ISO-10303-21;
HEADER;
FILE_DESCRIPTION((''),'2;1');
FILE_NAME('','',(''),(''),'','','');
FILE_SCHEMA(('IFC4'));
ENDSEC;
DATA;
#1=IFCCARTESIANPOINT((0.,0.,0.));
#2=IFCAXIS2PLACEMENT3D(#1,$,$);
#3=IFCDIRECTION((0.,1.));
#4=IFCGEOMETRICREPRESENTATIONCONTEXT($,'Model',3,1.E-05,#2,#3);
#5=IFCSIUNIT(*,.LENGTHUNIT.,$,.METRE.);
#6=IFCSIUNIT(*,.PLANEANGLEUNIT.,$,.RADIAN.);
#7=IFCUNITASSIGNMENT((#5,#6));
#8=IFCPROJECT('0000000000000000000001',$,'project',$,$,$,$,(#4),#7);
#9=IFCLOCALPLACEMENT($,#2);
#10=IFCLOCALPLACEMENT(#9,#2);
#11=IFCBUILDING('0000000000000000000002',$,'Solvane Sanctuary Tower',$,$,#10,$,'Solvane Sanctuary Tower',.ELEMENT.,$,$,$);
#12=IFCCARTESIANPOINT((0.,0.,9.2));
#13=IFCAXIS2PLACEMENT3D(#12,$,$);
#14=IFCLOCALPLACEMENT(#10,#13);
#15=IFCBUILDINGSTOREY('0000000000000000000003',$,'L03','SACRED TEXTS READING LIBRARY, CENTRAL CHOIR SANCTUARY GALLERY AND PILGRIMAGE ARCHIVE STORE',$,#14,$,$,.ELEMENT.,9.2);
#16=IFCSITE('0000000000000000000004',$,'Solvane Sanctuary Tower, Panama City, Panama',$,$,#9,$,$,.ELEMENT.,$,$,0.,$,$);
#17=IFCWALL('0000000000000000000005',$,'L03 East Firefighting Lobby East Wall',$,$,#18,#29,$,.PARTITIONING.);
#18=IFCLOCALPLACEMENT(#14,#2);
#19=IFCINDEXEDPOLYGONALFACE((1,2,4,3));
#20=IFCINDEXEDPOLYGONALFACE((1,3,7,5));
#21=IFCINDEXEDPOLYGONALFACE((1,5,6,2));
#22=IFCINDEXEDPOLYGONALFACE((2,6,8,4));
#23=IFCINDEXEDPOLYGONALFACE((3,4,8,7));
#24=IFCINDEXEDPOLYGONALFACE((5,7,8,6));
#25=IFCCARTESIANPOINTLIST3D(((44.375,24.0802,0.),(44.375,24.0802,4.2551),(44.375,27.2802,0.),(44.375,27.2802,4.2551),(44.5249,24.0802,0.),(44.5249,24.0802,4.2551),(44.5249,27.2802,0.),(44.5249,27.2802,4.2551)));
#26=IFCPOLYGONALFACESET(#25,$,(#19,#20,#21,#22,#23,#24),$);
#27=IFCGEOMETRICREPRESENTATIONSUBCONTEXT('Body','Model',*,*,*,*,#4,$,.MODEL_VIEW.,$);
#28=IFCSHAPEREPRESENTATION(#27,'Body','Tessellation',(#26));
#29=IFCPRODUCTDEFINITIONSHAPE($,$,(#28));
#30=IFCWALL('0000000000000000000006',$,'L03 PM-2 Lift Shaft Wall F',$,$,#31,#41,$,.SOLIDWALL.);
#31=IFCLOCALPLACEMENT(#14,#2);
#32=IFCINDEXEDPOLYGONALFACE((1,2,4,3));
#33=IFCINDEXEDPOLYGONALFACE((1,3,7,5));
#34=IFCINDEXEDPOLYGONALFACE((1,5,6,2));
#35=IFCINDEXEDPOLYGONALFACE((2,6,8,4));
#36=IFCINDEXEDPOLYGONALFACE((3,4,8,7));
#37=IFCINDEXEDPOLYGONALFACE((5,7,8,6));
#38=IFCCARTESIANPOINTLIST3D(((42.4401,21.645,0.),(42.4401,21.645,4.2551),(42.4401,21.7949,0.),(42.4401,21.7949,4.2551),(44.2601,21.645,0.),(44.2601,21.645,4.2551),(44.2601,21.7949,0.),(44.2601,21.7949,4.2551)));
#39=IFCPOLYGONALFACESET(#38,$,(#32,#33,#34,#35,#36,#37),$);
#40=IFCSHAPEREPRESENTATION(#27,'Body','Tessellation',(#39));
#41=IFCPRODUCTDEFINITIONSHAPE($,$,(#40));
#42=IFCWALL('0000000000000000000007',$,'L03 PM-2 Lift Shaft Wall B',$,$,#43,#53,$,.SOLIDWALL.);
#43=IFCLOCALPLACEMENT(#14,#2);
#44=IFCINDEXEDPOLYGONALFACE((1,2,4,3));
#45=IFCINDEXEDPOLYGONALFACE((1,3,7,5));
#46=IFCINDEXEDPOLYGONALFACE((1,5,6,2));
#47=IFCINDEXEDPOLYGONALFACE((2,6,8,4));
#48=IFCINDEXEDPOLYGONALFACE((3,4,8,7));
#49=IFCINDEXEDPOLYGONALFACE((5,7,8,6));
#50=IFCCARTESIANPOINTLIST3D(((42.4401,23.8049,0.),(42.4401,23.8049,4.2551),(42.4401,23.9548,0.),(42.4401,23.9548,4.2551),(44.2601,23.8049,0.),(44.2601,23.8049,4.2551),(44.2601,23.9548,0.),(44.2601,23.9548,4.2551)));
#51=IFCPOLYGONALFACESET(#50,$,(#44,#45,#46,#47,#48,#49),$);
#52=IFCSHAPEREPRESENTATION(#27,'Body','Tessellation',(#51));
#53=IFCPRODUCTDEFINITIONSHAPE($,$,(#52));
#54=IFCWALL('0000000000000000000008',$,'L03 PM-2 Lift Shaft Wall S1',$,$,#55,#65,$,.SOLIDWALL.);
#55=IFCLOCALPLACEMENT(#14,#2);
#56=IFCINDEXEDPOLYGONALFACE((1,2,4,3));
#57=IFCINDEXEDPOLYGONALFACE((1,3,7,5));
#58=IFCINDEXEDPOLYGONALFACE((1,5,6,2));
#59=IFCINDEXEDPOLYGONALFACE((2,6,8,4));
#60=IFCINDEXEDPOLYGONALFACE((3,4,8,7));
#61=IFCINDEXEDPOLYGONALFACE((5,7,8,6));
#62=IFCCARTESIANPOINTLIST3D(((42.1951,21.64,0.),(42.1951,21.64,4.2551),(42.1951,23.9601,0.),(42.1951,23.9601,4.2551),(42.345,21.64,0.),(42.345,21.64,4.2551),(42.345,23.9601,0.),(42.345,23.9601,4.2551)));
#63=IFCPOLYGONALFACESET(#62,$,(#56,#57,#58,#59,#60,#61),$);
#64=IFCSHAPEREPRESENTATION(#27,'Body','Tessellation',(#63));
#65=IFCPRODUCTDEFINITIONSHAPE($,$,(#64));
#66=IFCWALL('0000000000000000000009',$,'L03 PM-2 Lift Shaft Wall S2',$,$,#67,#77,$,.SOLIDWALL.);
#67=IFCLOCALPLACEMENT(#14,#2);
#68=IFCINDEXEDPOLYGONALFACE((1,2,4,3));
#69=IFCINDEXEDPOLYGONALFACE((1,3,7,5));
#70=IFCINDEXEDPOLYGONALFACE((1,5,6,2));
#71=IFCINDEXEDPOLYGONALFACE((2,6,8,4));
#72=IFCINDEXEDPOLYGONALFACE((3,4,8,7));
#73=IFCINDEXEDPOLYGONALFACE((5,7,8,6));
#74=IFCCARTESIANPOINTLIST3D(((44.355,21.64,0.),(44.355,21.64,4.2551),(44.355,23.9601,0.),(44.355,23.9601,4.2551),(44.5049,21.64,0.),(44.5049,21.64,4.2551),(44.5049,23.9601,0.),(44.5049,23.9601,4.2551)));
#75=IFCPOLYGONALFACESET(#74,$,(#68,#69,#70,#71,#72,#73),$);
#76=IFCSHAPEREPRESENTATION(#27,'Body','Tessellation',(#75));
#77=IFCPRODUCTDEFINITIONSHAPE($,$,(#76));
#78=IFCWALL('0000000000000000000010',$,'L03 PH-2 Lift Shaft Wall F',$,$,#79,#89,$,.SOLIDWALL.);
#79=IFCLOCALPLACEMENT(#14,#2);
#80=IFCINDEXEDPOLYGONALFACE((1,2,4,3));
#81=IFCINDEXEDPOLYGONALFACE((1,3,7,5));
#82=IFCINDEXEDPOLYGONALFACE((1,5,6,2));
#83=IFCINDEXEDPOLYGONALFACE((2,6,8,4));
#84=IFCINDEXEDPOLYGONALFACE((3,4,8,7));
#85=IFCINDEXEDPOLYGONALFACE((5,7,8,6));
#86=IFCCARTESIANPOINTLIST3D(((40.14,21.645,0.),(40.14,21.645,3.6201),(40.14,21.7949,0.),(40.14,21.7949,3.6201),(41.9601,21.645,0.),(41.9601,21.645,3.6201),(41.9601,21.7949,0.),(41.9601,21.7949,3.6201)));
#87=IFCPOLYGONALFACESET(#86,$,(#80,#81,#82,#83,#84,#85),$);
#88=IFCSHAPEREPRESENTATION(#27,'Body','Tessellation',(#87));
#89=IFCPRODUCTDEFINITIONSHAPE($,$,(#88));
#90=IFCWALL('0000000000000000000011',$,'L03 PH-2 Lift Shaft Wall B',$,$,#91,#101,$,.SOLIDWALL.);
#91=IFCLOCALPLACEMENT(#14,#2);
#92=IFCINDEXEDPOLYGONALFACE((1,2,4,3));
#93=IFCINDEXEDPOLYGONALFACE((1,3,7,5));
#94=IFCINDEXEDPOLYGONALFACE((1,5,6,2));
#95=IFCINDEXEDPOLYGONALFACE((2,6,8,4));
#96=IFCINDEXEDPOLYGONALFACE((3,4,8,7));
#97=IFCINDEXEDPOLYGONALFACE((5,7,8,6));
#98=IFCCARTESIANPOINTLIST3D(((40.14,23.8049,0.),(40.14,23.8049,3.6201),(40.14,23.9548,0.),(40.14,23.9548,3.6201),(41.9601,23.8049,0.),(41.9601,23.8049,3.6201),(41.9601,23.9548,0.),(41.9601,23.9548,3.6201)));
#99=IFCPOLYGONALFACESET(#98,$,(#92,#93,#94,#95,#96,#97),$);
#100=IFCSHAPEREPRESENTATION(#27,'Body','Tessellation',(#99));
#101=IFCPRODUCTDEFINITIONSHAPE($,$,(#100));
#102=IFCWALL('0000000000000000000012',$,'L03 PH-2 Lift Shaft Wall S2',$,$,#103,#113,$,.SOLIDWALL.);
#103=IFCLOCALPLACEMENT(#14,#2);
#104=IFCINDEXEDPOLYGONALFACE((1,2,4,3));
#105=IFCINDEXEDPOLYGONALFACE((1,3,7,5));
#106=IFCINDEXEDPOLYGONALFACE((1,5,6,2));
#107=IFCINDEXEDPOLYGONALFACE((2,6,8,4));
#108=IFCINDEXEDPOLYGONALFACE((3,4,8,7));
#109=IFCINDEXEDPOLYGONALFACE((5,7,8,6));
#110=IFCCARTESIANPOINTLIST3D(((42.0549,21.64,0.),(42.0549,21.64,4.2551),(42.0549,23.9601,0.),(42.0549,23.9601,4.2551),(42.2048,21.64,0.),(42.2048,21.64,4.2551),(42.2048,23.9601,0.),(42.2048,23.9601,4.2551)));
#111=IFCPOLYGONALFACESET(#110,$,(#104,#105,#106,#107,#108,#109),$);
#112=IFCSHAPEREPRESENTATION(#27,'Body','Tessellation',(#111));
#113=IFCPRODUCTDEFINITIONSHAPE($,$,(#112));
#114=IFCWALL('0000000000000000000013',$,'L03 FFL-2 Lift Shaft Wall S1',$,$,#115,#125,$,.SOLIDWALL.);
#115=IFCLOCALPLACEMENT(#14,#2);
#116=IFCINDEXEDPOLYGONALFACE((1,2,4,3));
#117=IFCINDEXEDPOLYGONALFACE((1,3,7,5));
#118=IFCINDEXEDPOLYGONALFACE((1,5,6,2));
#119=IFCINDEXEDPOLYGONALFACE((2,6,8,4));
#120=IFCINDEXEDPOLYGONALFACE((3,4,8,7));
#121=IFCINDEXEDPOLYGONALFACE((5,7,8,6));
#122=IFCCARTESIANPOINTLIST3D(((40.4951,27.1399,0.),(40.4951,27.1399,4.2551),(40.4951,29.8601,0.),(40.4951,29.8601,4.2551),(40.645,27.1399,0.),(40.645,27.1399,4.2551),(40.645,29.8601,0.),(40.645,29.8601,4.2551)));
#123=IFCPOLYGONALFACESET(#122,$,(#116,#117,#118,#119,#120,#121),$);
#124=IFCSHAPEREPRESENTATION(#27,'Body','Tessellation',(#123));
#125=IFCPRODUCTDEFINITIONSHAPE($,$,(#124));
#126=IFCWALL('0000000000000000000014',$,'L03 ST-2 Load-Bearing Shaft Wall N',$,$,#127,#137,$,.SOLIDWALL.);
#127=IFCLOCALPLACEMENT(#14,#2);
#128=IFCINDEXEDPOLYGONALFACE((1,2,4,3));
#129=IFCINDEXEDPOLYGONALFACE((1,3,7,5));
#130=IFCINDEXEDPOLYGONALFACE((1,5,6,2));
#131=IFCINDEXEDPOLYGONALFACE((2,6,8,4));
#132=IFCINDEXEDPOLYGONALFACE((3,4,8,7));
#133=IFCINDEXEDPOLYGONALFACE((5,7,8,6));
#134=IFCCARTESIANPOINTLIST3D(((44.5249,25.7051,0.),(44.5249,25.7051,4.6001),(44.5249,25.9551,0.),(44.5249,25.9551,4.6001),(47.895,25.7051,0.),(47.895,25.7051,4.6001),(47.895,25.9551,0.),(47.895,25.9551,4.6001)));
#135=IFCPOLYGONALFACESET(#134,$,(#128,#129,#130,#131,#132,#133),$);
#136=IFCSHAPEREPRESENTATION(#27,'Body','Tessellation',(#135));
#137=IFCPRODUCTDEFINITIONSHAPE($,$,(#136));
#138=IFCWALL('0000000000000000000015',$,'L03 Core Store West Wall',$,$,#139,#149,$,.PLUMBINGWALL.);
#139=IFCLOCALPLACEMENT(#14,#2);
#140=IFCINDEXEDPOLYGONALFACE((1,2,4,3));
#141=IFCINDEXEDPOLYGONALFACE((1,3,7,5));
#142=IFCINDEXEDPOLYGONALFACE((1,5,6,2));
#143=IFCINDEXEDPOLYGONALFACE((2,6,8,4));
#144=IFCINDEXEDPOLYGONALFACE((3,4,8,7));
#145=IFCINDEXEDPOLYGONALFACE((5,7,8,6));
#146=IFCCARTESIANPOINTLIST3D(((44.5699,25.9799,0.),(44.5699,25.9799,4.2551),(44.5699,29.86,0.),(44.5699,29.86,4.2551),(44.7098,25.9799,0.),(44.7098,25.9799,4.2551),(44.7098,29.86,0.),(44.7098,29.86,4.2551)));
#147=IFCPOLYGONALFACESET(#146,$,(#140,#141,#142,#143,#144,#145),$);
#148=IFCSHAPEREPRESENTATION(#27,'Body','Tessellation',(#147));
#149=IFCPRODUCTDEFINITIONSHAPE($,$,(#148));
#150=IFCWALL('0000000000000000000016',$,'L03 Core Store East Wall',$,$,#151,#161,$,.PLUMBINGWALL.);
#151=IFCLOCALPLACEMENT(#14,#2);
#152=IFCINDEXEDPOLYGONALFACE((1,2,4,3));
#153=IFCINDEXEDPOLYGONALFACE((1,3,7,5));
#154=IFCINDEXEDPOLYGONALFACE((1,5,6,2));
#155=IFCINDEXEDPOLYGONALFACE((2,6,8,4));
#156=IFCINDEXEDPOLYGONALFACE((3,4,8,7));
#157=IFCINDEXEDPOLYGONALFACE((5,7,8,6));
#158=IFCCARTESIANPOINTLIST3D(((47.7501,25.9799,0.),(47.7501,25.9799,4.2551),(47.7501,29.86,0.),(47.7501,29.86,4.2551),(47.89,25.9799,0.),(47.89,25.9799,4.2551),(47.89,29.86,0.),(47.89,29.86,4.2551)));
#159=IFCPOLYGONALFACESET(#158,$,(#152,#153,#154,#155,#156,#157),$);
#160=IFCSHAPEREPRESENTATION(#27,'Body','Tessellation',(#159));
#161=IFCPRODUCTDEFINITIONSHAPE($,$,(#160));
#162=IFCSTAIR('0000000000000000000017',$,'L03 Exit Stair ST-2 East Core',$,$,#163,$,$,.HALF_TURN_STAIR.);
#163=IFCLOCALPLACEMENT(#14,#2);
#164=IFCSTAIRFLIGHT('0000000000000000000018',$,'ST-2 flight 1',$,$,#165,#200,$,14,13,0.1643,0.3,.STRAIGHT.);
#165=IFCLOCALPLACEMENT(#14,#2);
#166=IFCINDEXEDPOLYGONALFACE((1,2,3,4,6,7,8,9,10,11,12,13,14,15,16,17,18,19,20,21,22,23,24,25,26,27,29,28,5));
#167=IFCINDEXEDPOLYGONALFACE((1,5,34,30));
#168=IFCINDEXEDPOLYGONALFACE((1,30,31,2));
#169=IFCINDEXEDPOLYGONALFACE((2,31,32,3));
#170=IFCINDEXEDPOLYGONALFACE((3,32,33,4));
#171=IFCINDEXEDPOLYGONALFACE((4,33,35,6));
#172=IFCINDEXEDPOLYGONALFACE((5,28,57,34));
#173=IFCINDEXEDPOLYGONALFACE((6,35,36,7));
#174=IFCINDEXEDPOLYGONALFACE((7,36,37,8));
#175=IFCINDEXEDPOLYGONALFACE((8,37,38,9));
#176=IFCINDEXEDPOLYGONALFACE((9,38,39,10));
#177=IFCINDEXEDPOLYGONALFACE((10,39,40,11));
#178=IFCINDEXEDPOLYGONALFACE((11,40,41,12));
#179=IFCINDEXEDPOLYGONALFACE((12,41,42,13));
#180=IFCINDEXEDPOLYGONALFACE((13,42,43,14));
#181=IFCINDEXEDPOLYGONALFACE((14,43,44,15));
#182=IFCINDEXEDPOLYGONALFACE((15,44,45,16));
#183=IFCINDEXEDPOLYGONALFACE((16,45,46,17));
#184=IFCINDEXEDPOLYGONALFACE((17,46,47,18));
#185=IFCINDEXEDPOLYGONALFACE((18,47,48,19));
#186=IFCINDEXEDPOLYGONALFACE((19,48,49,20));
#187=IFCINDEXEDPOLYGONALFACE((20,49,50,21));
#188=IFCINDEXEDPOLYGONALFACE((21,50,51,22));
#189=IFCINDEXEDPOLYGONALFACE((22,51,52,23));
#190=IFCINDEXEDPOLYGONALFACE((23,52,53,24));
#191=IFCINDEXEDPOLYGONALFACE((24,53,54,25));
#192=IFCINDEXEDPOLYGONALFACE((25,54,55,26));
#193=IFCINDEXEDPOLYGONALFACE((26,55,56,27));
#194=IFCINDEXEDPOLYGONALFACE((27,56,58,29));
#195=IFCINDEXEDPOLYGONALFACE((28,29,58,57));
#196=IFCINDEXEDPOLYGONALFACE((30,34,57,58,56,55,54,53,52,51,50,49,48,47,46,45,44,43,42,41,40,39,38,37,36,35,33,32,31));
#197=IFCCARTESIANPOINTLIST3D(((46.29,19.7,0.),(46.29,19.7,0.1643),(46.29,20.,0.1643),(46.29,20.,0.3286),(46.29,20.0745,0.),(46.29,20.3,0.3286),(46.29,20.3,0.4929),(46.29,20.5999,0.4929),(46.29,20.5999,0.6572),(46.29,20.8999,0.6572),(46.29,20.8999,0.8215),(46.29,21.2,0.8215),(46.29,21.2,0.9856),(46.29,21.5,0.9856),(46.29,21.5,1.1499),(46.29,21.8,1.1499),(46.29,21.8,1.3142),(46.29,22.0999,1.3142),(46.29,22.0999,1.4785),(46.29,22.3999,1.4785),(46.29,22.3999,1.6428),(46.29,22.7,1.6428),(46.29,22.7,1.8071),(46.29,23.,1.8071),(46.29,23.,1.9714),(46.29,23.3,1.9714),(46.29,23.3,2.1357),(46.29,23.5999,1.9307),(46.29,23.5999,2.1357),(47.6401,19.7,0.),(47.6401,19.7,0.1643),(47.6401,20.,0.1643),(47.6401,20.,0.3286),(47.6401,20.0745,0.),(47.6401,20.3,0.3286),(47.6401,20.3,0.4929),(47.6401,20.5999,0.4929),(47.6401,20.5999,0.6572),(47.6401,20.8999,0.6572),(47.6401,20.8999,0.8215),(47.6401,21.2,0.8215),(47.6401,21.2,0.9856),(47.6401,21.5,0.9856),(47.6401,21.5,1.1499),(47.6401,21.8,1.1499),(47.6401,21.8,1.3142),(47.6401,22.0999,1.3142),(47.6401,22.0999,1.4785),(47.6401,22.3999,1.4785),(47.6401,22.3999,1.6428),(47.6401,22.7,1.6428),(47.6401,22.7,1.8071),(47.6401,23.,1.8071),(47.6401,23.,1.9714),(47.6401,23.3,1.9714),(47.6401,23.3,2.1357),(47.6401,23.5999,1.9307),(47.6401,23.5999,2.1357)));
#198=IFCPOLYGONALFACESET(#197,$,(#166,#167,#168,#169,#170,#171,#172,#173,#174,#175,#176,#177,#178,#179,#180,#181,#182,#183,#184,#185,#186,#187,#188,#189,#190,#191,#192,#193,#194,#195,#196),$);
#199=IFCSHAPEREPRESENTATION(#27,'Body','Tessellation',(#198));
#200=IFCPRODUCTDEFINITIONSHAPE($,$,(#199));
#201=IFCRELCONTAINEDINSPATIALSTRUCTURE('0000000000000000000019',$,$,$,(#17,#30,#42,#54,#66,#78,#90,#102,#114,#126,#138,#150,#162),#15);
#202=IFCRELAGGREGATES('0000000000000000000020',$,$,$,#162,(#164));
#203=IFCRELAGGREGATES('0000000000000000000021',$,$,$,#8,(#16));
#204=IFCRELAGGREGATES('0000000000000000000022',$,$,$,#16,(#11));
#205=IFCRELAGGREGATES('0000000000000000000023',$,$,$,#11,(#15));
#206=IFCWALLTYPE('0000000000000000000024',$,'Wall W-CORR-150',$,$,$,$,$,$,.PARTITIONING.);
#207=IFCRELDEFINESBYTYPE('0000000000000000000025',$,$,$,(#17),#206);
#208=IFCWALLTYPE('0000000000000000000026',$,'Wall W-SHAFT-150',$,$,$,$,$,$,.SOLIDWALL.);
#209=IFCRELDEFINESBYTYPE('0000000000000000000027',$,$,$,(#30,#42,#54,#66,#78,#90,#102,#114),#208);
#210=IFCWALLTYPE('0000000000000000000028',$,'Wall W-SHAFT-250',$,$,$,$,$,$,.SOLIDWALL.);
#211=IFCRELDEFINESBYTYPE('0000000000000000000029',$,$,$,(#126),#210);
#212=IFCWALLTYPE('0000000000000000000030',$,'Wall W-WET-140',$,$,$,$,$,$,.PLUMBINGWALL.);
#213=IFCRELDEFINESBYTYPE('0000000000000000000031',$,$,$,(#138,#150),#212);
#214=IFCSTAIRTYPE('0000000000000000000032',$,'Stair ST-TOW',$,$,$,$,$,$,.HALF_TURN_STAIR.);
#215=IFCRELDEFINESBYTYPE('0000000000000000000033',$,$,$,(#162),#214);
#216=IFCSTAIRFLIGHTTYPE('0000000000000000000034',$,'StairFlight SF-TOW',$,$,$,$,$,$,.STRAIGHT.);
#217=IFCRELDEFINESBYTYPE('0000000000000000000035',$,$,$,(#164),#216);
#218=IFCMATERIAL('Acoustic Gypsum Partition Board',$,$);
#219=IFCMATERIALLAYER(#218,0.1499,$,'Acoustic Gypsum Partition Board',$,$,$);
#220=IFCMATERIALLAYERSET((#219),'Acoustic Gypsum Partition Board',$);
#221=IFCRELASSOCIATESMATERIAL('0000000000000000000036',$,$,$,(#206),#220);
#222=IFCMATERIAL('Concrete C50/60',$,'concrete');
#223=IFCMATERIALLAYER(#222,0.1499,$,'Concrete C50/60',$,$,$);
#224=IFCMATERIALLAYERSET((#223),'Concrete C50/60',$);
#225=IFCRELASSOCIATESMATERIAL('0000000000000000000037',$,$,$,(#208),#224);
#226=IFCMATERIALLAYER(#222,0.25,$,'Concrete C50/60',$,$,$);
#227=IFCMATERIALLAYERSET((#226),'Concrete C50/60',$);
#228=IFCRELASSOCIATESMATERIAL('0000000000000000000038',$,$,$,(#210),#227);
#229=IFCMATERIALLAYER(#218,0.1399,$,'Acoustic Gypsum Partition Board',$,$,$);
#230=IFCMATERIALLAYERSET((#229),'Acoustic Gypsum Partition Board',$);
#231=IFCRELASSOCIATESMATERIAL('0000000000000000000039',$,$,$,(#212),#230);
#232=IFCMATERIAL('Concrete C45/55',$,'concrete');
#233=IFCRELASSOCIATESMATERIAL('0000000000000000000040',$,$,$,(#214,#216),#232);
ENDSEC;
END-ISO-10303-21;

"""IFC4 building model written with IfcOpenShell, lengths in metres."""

from ifc_helpers import new_model, si_unit, direction, frame, frame_2d, origin, place, context, subcontext, project, spatial, polyline, rectangle, outline, extrude, material, layer, layer_set, type_object, element, aggregate, save


model = new_model("IFC4")

# Units and contexts
model_context = context("Model", 3, precision=1e-05, world=origin(), true_north=direction((0.0, 1.0)))
body_context = subcontext(model_context, "Body", "Model", "MODEL_VIEW")
ifc_project = project(units=[si_unit("LENGTHUNIT", "METRE"), si_unit("PLANEANGLEUNIT", "RADIAN")], contexts=[model_context])

# Site, building, storey
site_placement = place(None, origin())
site = spatial("IfcSite", under=ifc_project, at=site_placement, Name="Solvane Sanctuary Tower, Panama City, Panama", CompositionType="ELEMENT", RefElevation=0.0)
building_placement = place(site_placement, origin())
building = spatial("IfcBuilding", under=site, at=building_placement, Name="Solvane Sanctuary Tower", LongName="Solvane Sanctuary Tower", CompositionType="ELEMENT")
storey_placement = place(building_placement, frame((0.0, 0.0, 9.2)))
storey = spatial("IfcBuildingStorey", under=building, at=storey_placement, Name="L03", Description="SACRED TEXTS READING LIBRARY, CENTRAL CHOIR SANCTUARY GALLERY AND PILGRIMAGE ARCHIVE STORE", CompositionType="ELEMENT", Elevation=9.2)

# Walls
ifc_material_1 = material(Name="Acoustic Gypsum Partition Board")
ifc_layer_1 = layer(ifc_material_1, 0.1499, Name="Acoustic Gypsum Partition Board")
ifc_layer_set_1 = layer_set([ifc_layer_1], Name="Acoustic Gypsum Partition Board")
wall_type_1 = type_object("IfcWallType", Name="Wall W-CORR-150", PredefinedType="PARTITIONING", material=ifc_layer_set_1)
wall_1_placement = place(storey_placement, frame((44.45, 24.0801, 0.0), z_axis=(0.0, 0.0, 1.0), x_axis=(0.0, 1.0, 0.0)))
element("IfcWall", 1, at=wall_1_placement, inside=storey, type_object=wall_type_1, Name="L03 East Firefighting Lobby East Wall", PredefinedType="PARTITIONING", context=body_context, shape_type="SweptSolid", body=[
    extrude(rectangle(XDim=3.2, YDim=0.1499, at=frame_2d((1.6001, 0.0))), origin(), (0.0, 0.0, 1.0), 4.2551),
])
ifc_material_2 = material(Name="Concrete C50/60", Category="concrete")
ifc_layer_2 = layer(ifc_material_2, 0.1499, Name="Concrete C50/60")
ifc_layer_set_2 = layer_set([ifc_layer_2], Name="Concrete C50/60")
wall_type_2 = type_object("IfcWallType", Name="Wall W-SHAFT-150", PredefinedType="SOLIDWALL", material=ifc_layer_set_2)
for number, where, z_axis, x_axis, name in (
    (2, (42.4399, 21.72, 0.0), (0.0, 0.0, 1.0), (1.0, 0.0, 0.0), "L03 PM-2 Lift Shaft Wall F"),
    (3, (42.4399, 23.8799, 0.0), (0.0, 0.0, 1.0), (1.0, 0.0, 0.0), "L03 PM-2 Lift Shaft Wall B"),
):
    element("IfcWall", number, at=place(storey_placement, frame(where, z_axis=z_axis, x_axis=x_axis)), inside=storey, type_object=wall_type_2, Name=name, PredefinedType="SOLIDWALL", context=body_context, shape_type="SweptSolid", body=[
        extrude(rectangle(XDim=1.8201, YDim=0.1499, at=frame_2d((0.9102, 0.0))), origin(), (0.0, 0.0, 1.0), 4.2551),
    ])
for number, where, z_axis, x_axis, name in (
    (4, (42.27, 21.6399, 0.0), (0.0, 0.0, 1.0), (0.0, 1.0, 0.0), "L03 PM-2 Lift Shaft Wall S1"),
    (5, (44.4299, 21.6399, 0.0), (0.0, 0.0, 1.0), (0.0, 1.0, 0.0), "L03 PM-2 Lift Shaft Wall S2"),
):
    element("IfcWall", number, at=place(storey_placement, frame(where, z_axis=z_axis, x_axis=x_axis)), inside=storey, type_object=wall_type_2, Name=name, PredefinedType="SOLIDWALL", context=body_context, shape_type="SweptSolid", body=[
        extrude(rectangle(XDim=2.3201, YDim=0.1499, at=frame_2d((1.1602, 0.0))), origin(), (0.0, 0.0, 1.0), 4.2551),
    ])
for number, where, z_axis, x_axis, name in (
    (6, (40.1399, 21.72, 0.0), (0.0, 0.0, 1.0), (1.0, 0.0, 0.0), "L03 PH-2 Lift Shaft Wall F"),
    (7, (40.1399, 23.8799, 0.0), (0.0, 0.0, 1.0), (1.0, 0.0, 0.0), "L03 PH-2 Lift Shaft Wall B"),
):
    element("IfcWall", number, at=place(storey_placement, frame(where, z_axis=z_axis, x_axis=x_axis)), inside=storey, type_object=wall_type_2, Name=name, PredefinedType="SOLIDWALL", context=body_context, shape_type="SweptSolid", body=[
        extrude(rectangle(XDim=1.8201, YDim=0.1499, at=frame_2d((0.9102, 0.0))), origin(), (0.0, 0.0, 1.0), 3.6201),
    ])
wall_2_placement = place(storey_placement, frame((42.1299, 21.6399, 0.0), z_axis=(0.0, 0.0, 1.0), x_axis=(0.0, 1.0, 0.0)))
element("IfcWall", 8, at=wall_2_placement, inside=storey, type_object=wall_type_2, Name="L03 PH-2 Lift Shaft Wall S2", PredefinedType="SOLIDWALL", context=body_context, shape_type="SweptSolid", body=[
    extrude(rectangle(XDim=2.3201, YDim=0.1499, at=frame_2d((1.1602, 0.0))), origin(), (0.0, 0.0, 1.0), 4.2551),
])
wall_3_placement = place(storey_placement, frame((40.5701, 27.1399, 0.0), z_axis=(0.0, 0.0, 1.0), x_axis=(0.0, 1.0, 0.0)))
element("IfcWall", 9, at=wall_3_placement, inside=storey, type_object=wall_type_2, Name="L03 FFL-2 Lift Shaft Wall S1", PredefinedType="SOLIDWALL", context=body_context, shape_type="SweptSolid", body=[
    extrude(rectangle(XDim=2.7202, YDim=0.1499, at=frame_2d((1.3601, 0.0))), origin(), (0.0, 0.0, 1.0), 4.2551),
])
ifc_layer_3 = layer(ifc_material_2, 0.25, Name="Concrete C50/60")
ifc_layer_set_3 = layer_set([ifc_layer_3], Name="Concrete C50/60")
wall_type_3 = type_object("IfcWallType", Name="Wall W-SHAFT-250", PredefinedType="SOLIDWALL", material=ifc_layer_set_3)
wall_4_placement = place(storey_placement, frame((44.5249, 25.8301, 0.0), z_axis=(0.0, 0.0, 1.0), x_axis=(1.0, 0.0, 0.0)))
element("IfcWall", 10, at=wall_4_placement, inside=storey, type_object=wall_type_3, Name="L03 ST-2 Load-Bearing Shaft Wall N", PredefinedType="SOLIDWALL", context=body_context, shape_type="SweptSolid", body=[
    extrude(rectangle(XDim=3.3701, YDim=0.25, at=frame_2d((1.6851, 0.0))), origin(), (0.0, 0.0, 1.0), 4.6001),
])
ifc_layer_4 = layer(ifc_material_1, 0.1399, Name="Acoustic Gypsum Partition Board")
ifc_layer_set_4 = layer_set([ifc_layer_4], Name="Acoustic Gypsum Partition Board")
wall_type_4 = type_object("IfcWallType", Name="Wall W-WET-140", PredefinedType="PLUMBINGWALL", material=ifc_layer_set_4)
for number, where, z_axis, x_axis, name in (
    (11, (44.6399, 25.98, 0.0), (0.0, 0.0, 1.0), (0.0, 1.0, 0.0), "L03 Core Store West Wall"),
    (12, (47.8201, 25.98, 0.0), (0.0, 0.0, 1.0), (0.0, 1.0, 0.0), "L03 Core Store East Wall"),
):
    element("IfcWall", number, at=place(storey_placement, frame(where, z_axis=z_axis, x_axis=x_axis)), inside=storey, type_object=wall_type_4, Name=name, PredefinedType="PLUMBINGWALL", context=body_context, shape_type="SweptSolid", body=[
        extrude(rectangle(XDim=3.8801, YDim=0.1399, at=frame_2d((1.9399, 0.0))), origin(), (0.0, 0.0, 1.0), 4.2551),
    ])

# Stair, stair flight
ifc_material_3 = material(Name="Concrete C45/55", Category="concrete")
stair_type = type_object("IfcStairType", Name="Stair ST-TOW", PredefinedType="HALF_TURN_STAIR", material=ifc_material_3)
stair_placement = place(storey_placement, origin())
stair = element("IfcStair", 13, at=stair_placement, inside=storey, type_object=stair_type, Name="L03 Exit Stair ST-2 East Core", PredefinedType="HALF_TURN_STAIR")
stair_flight_type = type_object("IfcStairFlightType", Name="StairFlight SF-TOW", PredefinedType="STRAIGHT", material=ifc_material_3)
stair_flight_1_placement = place(storey_placement, frame((46.9651, 19.7, 0.0), z_axis=(0.0, 0.0, 1.0), x_axis=(0.0, 1.0, 0.0)))
stair_flight_1 = element("IfcStairFlight", 14, at=stair_flight_1_placement, type_object=stair_flight_type, Name="ST-2 flight 1", NumberOfRisers=14, NumberOfTreads=13, PredefinedType="STRAIGHT", RiserHeight=0.1643, TreadLength=0.3, context=body_context, shape_type="SweptSolid", body=[
    extrude(outline(polyline([(0.0, 0.0), (0.0, 0.1643), (0.3, 0.1643), (0.3, 0.3286), (0.6001, 0.3286), (0.6001, 0.4929), (0.8999, 0.4929), (0.8999, 0.6572), (1.2, 0.6572), (1.2, 0.8215), (1.5, 0.8215), (1.5, 0.9856), (1.8, 0.9856), (1.8, 1.1499), (2.1001, 1.1499), (2.1001, 1.3142), (2.3999, 1.3142), (2.3999, 1.4785), (2.7, 1.4785), (2.7, 1.6428), (3.0, 1.6428), (3.0, 1.8071), (3.3, 1.8071), (3.3, 1.9714), (3.6001, 1.9714), (3.6001, 2.1357), (3.8999, 2.1357), (3.8999, 2.3), (3.8999, 1.9307), (0.3745, 0.0), (0.0, 0.0)])), frame((0.0, 0.675, 0.0), z_axis=(0.0, -1.0, 0.0), x_axis=(1.0, 0.0, 0.0)), (0.0, 0.0, 1.0), 1.3501),
])
aggregate(stair, [stair_flight_1])

save(model, "model.ifc")
